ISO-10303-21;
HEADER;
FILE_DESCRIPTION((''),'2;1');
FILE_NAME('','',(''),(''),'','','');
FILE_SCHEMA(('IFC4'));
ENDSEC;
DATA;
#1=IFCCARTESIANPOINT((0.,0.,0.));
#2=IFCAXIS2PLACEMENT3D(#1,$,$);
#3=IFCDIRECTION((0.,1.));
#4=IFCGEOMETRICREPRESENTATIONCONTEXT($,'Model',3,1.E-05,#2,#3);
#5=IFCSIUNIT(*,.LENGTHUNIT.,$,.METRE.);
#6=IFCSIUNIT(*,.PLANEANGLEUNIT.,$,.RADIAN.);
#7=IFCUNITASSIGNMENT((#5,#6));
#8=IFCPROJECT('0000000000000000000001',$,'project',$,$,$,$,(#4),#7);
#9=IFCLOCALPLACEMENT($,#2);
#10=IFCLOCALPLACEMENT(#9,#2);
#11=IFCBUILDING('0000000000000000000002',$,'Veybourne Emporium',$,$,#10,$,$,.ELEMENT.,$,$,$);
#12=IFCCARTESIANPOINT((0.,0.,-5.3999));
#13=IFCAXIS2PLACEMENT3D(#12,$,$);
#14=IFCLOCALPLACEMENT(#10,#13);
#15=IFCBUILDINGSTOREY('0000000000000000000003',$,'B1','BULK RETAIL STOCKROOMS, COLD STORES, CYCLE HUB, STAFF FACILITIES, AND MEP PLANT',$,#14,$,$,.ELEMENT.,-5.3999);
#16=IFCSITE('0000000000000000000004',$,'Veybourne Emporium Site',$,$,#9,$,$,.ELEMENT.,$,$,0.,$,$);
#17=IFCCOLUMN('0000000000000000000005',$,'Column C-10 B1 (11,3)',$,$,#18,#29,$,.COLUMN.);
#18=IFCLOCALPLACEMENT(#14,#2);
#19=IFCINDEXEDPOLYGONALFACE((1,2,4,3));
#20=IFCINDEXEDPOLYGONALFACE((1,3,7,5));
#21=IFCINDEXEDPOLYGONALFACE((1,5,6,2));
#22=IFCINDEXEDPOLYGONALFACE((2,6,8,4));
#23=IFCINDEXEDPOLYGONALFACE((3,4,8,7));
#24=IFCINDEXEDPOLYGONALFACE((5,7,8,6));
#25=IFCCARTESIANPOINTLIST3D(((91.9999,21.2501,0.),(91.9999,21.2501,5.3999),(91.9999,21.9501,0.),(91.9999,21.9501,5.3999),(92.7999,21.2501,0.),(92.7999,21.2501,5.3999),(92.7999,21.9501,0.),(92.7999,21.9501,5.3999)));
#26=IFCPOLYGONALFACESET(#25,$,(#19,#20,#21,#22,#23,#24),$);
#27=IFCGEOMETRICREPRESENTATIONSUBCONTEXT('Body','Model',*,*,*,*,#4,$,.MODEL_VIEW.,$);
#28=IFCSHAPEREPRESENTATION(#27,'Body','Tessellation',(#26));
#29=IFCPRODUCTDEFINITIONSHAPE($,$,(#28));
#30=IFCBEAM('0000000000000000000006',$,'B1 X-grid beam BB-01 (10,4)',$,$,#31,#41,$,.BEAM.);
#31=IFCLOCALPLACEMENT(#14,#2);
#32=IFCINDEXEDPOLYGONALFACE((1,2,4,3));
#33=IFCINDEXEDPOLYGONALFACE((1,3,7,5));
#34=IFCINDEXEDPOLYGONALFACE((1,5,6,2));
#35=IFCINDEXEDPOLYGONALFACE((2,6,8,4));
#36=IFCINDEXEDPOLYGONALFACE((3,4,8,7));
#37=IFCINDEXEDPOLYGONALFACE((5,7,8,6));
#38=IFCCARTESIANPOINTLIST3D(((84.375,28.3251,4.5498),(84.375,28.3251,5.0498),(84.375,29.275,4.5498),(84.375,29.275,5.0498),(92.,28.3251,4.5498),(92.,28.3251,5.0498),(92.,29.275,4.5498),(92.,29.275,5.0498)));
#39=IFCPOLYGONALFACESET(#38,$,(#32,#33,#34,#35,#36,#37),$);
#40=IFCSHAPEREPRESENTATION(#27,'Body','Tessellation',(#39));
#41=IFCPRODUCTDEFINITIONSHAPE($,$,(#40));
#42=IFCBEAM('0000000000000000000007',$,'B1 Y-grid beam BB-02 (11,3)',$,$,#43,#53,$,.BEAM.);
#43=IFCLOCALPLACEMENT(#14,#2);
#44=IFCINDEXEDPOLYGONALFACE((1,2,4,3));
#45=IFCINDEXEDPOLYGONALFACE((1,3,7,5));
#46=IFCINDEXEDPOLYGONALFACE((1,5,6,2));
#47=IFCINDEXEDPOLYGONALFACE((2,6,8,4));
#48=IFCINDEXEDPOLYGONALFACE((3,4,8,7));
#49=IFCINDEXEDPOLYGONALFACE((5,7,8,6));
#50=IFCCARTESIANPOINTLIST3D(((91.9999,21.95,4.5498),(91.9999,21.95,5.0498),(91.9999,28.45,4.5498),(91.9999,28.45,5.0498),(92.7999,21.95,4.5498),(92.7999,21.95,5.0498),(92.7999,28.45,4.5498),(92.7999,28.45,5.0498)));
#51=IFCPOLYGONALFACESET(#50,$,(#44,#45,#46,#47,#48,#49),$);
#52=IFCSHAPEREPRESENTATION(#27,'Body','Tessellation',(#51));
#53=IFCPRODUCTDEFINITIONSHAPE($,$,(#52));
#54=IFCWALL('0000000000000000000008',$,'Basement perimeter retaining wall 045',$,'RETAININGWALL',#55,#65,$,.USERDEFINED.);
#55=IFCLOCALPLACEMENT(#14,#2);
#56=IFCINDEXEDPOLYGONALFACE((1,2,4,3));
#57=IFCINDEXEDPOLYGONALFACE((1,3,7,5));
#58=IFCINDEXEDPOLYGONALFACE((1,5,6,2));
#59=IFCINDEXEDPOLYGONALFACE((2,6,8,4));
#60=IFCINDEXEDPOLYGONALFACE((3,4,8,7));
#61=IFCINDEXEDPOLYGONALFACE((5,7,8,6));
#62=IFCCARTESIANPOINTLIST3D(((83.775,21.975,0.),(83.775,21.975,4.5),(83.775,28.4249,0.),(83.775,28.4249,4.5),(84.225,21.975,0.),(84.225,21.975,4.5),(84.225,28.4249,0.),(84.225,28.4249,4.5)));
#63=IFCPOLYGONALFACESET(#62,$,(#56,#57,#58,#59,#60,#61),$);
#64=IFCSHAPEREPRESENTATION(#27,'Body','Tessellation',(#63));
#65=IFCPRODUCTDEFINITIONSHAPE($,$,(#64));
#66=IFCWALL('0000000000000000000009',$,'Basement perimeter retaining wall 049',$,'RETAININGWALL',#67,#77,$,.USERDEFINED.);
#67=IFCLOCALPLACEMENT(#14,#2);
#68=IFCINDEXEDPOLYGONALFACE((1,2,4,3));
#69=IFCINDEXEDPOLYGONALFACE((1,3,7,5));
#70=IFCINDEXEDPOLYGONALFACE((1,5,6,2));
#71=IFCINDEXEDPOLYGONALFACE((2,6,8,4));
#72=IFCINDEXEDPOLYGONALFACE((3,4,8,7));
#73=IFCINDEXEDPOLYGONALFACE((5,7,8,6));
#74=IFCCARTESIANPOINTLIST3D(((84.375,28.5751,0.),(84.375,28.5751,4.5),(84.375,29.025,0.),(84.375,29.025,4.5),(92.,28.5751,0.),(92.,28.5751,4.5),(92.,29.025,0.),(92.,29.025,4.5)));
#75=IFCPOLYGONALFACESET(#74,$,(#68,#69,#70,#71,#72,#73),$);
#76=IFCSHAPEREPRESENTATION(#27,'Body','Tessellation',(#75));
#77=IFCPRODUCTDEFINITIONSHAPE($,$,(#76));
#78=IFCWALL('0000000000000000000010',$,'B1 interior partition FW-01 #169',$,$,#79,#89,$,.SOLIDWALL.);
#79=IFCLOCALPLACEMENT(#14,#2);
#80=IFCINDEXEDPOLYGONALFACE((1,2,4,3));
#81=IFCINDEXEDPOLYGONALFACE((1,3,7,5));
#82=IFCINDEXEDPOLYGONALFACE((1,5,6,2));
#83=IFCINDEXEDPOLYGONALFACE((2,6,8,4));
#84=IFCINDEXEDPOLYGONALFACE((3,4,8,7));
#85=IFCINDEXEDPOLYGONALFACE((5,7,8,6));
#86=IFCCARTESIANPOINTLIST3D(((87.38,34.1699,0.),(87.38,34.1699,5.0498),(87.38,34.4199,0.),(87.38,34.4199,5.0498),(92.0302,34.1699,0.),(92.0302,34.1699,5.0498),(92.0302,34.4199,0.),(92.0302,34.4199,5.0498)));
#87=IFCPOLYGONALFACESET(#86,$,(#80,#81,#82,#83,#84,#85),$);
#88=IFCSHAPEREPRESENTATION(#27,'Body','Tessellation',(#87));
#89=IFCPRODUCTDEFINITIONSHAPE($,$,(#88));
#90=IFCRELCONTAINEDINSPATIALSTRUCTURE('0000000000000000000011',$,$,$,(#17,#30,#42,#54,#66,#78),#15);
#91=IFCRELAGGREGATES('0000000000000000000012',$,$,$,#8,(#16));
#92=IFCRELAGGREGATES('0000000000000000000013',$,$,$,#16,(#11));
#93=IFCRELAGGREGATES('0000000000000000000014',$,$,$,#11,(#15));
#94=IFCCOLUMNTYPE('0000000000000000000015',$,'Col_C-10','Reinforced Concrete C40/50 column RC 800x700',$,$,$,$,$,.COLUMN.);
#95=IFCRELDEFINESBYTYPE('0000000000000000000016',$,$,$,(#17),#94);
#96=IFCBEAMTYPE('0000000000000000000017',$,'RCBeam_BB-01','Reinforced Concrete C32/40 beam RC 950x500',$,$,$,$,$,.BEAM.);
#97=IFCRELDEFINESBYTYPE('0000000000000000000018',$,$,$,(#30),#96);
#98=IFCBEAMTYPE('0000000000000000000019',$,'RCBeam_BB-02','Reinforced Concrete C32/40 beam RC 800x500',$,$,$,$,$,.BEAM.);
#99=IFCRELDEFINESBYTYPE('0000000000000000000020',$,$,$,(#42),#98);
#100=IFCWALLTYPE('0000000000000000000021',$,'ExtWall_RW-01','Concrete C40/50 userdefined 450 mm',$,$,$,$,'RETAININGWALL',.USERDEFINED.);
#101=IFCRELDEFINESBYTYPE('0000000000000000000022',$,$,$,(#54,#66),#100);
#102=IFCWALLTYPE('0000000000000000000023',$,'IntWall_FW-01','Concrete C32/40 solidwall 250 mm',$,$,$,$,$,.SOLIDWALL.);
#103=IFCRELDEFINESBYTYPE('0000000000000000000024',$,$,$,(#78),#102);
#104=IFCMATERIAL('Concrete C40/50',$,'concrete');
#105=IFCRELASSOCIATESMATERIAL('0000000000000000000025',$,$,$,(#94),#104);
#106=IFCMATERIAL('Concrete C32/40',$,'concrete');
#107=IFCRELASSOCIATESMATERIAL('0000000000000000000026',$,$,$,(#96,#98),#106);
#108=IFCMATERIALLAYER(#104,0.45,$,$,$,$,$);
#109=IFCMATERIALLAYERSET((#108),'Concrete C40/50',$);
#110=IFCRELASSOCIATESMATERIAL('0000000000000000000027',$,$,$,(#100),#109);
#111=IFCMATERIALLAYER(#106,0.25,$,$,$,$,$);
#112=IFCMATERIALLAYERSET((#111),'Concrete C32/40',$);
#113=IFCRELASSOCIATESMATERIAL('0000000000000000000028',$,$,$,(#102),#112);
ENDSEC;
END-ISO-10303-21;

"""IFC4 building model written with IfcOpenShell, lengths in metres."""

from ifc_helpers import new_model, si_unit, direction, frame, frame_2d, origin, origin_2d, place, context, subcontext, project, spatial, rectangle, extrude, material, layer, layer_set, material_profile, profile_set, type_object, element, save


model = new_model("IFC4")

# Units and contexts
model_context = context("Model", 3, precision=1e-05, world=origin(), true_north=direction((0.0, 1.0)))
body_context = subcontext(model_context, "Body", "Model", "MODEL_VIEW")
ifc_project = project(units=[si_unit("LENGTHUNIT", "METRE"), si_unit("PLANEANGLEUNIT", "RADIAN")], contexts=[model_context])

# Site, building, storey
site_placement = place(None, origin())
site = spatial("IfcSite", under=ifc_project, at=site_placement, Name="Veybourne Emporium Site", CompositionType="ELEMENT", RefElevation=0.0)
building_placement = place(site_placement, origin())
building = spatial("IfcBuilding", under=site, at=building_placement, Name="Veybourne Emporium", CompositionType="ELEMENT")
storey_placement = place(building_placement, frame((0.0, 0.0, -5.3999)))
storey = spatial("IfcBuildingStorey", under=building, at=storey_placement, Name="B1", Description="BULK RETAIL STOCKROOMS, COLD STORES, CYCLE HUB, STAFF FACILITIES, AND MEP PLANT", CompositionType="ELEMENT", Elevation=-5.3999)

# Column
ifc_material_1 = material(Name="Concrete C40/50", Category="concrete")
ifc_material_profile_1 = material_profile(ifc_material_1, rectangle(XDim=0.8, YDim=0.7, at=origin_2d()), Name="RC 800x700")
ifc_profile_set_1 = profile_set([ifc_material_profile_1], Name="Concrete C40/50")
column_type_1 = type_object("IfcColumnType", Name="Col_C-10", Description="Reinforced Concrete C40/50 column RC 800x700", PredefinedType="COLUMN", material=ifc_profile_set_1)
column_1_placement = place(storey_placement, frame((92.3999, 21.6001, 0.0), z_axis=(0.0, 0.0, 1.0), x_axis=(1.0, 0.0, 0.0)))
element("IfcColumn", 1, at=column_1_placement, inside=storey, type_object=column_type_1, Name="Column C-10 B1 (11,3)", PredefinedType="COLUMN", context=body_context, shape_type="SweptSolid", body=[
    extrude(rectangle(XDim=0.8, YDim=0.7, at=origin_2d()), origin(), (0.0, 0.0, 1.0), 5.3999),
])

# Beams
ifc_material_2 = material(Name="Concrete C32/40", Category="concrete")
ifc_material_profile_2 = material_profile(ifc_material_2, rectangle(XDim=0.95, YDim=0.5, at=origin_2d()), Name="RC 950x500")
ifc_profile_set_2 = profile_set([ifc_material_profile_2], Name="Concrete C32/40")
beam_type_1 = type_object("IfcBeamType", Name="RCBeam_BB-01", Description="Reinforced Concrete C32/40 beam RC 950x500", PredefinedType="BEAM", material=ifc_profile_set_2)
beam_1_placement = place(storey_placement, frame((84.375, 28.8, 4.7998), z_axis=(1.0, 0.0, 0.0), x_axis=(0.0, 1.0, 0.0)))
element("IfcBeam", 2, at=beam_1_placement, inside=storey, type_object=beam_type_1, Name="B1 X-grid beam BB-01 (10,4)", PredefinedType="BEAM", context=body_context, shape_type="SweptSolid", body=[
    extrude(rectangle(XDim=0.95, YDim=0.5, at=origin_2d()), origin(), (0.0, 0.0, 1.0), 7.625),
])
ifc_material_profile_3 = material_profile(ifc_material_2, rectangle(XDim=0.8, YDim=0.5, at=origin_2d()), Name="RC 800x500")
ifc_profile_set_3 = profile_set([ifc_material_profile_3], Name="Concrete C32/40")
beam_type_2 = type_object("IfcBeamType", Name="RCBeam_BB-02", Description="Reinforced Concrete C32/40 beam RC 800x500", PredefinedType="BEAM", material=ifc_profile_set_3)
beam_2_placement = place(storey_placement, frame((92.3999, 21.95, 4.7998), z_axis=(0.0, 1.0, 0.0), x_axis=(-1.0, 0.0, 0.0)))
element("IfcBeam", 3, at=beam_2_placement, inside=storey, type_object=beam_type_2, Name="B1 Y-grid beam BB-02 (11,3)", PredefinedType="BEAM", context=body_context, shape_type="SweptSolid", body=[
    extrude(rectangle(XDim=0.8, YDim=0.5, at=origin_2d()), origin(), (0.0, 0.0, 1.0), 6.5),
])

# Walls
ifc_layer_1 = layer(ifc_material_1, 0.45)
ifc_layer_set_1 = layer_set([ifc_layer_1], Name="Concrete C40/50")
wall_type_1 = type_object("IfcWallType", Name="ExtWall_RW-01", Description="Concrete C40/50 userdefined 450 mm", ElementType="RETAININGWALL", PredefinedType="USERDEFINED", material=ifc_layer_set_1)
wall_1_placement = place(storey_placement, frame((84.0, 28.425, 0.0), z_axis=(0.0, 0.0, 1.0), x_axis=(0.0, -1.0, 0.0)))
element("IfcWall", 4, at=wall_1_placement, inside=storey, type_object=wall_type_1, Name="Basement perimeter retaining wall 045", ObjectType="RETAININGWALL", PredefinedType="USERDEFINED", context=body_context, shape_type="SweptSolid", body=[
    extrude(rectangle(XDim=6.45, YDim=0.45, at=frame_2d((3.2251, 0.0))), origin(), (0.0, 0.0, 1.0), 4.5),
])
wall_2_placement = place(storey_placement, frame((92.0, 28.8, 0.0), z_axis=(0.0, 0.0, 1.0), x_axis=(-1.0, 0.0, 0.0)))
element("IfcWall", 5, at=wall_2_placement, inside=storey, type_object=wall_type_1, Name="Basement perimeter retaining wall 049", ObjectType="RETAININGWALL", PredefinedType="USERDEFINED", context=body_context, shape_type="SweptSolid", body=[
    extrude(rectangle(XDim=7.625, YDim=0.45, at=frame_2d((3.8125, 0.0))), origin(), (0.0, 0.0, 1.0), 4.5),
])

# Shared definitions
ifc_layer_2 = layer(ifc_material_2, 0.25)
ifc_layer_set_2 = layer_set([ifc_layer_2], Name="Concrete C32/40")
wall_type_2 = type_object("IfcWallType", Name="IntWall_FW-01", Description="Concrete C32/40 solidwall 250 mm", PredefinedType="SOLIDWALL", material=ifc_layer_set_2)

# Wall
wall_3_placement = place(storey_placement, frame((87.3799, 34.2949, 0.0), z_axis=(0.0, 0.0, 1.0), x_axis=(1.0, 0.0, 0.0)))
element("IfcWall", 6, at=wall_3_placement, inside=storey, type_object=wall_type_2, Name="B1 interior partition FW-01 #169", PredefinedType="SOLIDWALL", context=body_context, shape_type="SweptSolid", body=[
    extrude(rectangle(XDim=4.6501, YDim=0.25, at=frame_2d((2.3252, 0.0))), origin(), (0.0, 0.0, 1.0), 5.0498),
])

save(model, "model.ifc")
